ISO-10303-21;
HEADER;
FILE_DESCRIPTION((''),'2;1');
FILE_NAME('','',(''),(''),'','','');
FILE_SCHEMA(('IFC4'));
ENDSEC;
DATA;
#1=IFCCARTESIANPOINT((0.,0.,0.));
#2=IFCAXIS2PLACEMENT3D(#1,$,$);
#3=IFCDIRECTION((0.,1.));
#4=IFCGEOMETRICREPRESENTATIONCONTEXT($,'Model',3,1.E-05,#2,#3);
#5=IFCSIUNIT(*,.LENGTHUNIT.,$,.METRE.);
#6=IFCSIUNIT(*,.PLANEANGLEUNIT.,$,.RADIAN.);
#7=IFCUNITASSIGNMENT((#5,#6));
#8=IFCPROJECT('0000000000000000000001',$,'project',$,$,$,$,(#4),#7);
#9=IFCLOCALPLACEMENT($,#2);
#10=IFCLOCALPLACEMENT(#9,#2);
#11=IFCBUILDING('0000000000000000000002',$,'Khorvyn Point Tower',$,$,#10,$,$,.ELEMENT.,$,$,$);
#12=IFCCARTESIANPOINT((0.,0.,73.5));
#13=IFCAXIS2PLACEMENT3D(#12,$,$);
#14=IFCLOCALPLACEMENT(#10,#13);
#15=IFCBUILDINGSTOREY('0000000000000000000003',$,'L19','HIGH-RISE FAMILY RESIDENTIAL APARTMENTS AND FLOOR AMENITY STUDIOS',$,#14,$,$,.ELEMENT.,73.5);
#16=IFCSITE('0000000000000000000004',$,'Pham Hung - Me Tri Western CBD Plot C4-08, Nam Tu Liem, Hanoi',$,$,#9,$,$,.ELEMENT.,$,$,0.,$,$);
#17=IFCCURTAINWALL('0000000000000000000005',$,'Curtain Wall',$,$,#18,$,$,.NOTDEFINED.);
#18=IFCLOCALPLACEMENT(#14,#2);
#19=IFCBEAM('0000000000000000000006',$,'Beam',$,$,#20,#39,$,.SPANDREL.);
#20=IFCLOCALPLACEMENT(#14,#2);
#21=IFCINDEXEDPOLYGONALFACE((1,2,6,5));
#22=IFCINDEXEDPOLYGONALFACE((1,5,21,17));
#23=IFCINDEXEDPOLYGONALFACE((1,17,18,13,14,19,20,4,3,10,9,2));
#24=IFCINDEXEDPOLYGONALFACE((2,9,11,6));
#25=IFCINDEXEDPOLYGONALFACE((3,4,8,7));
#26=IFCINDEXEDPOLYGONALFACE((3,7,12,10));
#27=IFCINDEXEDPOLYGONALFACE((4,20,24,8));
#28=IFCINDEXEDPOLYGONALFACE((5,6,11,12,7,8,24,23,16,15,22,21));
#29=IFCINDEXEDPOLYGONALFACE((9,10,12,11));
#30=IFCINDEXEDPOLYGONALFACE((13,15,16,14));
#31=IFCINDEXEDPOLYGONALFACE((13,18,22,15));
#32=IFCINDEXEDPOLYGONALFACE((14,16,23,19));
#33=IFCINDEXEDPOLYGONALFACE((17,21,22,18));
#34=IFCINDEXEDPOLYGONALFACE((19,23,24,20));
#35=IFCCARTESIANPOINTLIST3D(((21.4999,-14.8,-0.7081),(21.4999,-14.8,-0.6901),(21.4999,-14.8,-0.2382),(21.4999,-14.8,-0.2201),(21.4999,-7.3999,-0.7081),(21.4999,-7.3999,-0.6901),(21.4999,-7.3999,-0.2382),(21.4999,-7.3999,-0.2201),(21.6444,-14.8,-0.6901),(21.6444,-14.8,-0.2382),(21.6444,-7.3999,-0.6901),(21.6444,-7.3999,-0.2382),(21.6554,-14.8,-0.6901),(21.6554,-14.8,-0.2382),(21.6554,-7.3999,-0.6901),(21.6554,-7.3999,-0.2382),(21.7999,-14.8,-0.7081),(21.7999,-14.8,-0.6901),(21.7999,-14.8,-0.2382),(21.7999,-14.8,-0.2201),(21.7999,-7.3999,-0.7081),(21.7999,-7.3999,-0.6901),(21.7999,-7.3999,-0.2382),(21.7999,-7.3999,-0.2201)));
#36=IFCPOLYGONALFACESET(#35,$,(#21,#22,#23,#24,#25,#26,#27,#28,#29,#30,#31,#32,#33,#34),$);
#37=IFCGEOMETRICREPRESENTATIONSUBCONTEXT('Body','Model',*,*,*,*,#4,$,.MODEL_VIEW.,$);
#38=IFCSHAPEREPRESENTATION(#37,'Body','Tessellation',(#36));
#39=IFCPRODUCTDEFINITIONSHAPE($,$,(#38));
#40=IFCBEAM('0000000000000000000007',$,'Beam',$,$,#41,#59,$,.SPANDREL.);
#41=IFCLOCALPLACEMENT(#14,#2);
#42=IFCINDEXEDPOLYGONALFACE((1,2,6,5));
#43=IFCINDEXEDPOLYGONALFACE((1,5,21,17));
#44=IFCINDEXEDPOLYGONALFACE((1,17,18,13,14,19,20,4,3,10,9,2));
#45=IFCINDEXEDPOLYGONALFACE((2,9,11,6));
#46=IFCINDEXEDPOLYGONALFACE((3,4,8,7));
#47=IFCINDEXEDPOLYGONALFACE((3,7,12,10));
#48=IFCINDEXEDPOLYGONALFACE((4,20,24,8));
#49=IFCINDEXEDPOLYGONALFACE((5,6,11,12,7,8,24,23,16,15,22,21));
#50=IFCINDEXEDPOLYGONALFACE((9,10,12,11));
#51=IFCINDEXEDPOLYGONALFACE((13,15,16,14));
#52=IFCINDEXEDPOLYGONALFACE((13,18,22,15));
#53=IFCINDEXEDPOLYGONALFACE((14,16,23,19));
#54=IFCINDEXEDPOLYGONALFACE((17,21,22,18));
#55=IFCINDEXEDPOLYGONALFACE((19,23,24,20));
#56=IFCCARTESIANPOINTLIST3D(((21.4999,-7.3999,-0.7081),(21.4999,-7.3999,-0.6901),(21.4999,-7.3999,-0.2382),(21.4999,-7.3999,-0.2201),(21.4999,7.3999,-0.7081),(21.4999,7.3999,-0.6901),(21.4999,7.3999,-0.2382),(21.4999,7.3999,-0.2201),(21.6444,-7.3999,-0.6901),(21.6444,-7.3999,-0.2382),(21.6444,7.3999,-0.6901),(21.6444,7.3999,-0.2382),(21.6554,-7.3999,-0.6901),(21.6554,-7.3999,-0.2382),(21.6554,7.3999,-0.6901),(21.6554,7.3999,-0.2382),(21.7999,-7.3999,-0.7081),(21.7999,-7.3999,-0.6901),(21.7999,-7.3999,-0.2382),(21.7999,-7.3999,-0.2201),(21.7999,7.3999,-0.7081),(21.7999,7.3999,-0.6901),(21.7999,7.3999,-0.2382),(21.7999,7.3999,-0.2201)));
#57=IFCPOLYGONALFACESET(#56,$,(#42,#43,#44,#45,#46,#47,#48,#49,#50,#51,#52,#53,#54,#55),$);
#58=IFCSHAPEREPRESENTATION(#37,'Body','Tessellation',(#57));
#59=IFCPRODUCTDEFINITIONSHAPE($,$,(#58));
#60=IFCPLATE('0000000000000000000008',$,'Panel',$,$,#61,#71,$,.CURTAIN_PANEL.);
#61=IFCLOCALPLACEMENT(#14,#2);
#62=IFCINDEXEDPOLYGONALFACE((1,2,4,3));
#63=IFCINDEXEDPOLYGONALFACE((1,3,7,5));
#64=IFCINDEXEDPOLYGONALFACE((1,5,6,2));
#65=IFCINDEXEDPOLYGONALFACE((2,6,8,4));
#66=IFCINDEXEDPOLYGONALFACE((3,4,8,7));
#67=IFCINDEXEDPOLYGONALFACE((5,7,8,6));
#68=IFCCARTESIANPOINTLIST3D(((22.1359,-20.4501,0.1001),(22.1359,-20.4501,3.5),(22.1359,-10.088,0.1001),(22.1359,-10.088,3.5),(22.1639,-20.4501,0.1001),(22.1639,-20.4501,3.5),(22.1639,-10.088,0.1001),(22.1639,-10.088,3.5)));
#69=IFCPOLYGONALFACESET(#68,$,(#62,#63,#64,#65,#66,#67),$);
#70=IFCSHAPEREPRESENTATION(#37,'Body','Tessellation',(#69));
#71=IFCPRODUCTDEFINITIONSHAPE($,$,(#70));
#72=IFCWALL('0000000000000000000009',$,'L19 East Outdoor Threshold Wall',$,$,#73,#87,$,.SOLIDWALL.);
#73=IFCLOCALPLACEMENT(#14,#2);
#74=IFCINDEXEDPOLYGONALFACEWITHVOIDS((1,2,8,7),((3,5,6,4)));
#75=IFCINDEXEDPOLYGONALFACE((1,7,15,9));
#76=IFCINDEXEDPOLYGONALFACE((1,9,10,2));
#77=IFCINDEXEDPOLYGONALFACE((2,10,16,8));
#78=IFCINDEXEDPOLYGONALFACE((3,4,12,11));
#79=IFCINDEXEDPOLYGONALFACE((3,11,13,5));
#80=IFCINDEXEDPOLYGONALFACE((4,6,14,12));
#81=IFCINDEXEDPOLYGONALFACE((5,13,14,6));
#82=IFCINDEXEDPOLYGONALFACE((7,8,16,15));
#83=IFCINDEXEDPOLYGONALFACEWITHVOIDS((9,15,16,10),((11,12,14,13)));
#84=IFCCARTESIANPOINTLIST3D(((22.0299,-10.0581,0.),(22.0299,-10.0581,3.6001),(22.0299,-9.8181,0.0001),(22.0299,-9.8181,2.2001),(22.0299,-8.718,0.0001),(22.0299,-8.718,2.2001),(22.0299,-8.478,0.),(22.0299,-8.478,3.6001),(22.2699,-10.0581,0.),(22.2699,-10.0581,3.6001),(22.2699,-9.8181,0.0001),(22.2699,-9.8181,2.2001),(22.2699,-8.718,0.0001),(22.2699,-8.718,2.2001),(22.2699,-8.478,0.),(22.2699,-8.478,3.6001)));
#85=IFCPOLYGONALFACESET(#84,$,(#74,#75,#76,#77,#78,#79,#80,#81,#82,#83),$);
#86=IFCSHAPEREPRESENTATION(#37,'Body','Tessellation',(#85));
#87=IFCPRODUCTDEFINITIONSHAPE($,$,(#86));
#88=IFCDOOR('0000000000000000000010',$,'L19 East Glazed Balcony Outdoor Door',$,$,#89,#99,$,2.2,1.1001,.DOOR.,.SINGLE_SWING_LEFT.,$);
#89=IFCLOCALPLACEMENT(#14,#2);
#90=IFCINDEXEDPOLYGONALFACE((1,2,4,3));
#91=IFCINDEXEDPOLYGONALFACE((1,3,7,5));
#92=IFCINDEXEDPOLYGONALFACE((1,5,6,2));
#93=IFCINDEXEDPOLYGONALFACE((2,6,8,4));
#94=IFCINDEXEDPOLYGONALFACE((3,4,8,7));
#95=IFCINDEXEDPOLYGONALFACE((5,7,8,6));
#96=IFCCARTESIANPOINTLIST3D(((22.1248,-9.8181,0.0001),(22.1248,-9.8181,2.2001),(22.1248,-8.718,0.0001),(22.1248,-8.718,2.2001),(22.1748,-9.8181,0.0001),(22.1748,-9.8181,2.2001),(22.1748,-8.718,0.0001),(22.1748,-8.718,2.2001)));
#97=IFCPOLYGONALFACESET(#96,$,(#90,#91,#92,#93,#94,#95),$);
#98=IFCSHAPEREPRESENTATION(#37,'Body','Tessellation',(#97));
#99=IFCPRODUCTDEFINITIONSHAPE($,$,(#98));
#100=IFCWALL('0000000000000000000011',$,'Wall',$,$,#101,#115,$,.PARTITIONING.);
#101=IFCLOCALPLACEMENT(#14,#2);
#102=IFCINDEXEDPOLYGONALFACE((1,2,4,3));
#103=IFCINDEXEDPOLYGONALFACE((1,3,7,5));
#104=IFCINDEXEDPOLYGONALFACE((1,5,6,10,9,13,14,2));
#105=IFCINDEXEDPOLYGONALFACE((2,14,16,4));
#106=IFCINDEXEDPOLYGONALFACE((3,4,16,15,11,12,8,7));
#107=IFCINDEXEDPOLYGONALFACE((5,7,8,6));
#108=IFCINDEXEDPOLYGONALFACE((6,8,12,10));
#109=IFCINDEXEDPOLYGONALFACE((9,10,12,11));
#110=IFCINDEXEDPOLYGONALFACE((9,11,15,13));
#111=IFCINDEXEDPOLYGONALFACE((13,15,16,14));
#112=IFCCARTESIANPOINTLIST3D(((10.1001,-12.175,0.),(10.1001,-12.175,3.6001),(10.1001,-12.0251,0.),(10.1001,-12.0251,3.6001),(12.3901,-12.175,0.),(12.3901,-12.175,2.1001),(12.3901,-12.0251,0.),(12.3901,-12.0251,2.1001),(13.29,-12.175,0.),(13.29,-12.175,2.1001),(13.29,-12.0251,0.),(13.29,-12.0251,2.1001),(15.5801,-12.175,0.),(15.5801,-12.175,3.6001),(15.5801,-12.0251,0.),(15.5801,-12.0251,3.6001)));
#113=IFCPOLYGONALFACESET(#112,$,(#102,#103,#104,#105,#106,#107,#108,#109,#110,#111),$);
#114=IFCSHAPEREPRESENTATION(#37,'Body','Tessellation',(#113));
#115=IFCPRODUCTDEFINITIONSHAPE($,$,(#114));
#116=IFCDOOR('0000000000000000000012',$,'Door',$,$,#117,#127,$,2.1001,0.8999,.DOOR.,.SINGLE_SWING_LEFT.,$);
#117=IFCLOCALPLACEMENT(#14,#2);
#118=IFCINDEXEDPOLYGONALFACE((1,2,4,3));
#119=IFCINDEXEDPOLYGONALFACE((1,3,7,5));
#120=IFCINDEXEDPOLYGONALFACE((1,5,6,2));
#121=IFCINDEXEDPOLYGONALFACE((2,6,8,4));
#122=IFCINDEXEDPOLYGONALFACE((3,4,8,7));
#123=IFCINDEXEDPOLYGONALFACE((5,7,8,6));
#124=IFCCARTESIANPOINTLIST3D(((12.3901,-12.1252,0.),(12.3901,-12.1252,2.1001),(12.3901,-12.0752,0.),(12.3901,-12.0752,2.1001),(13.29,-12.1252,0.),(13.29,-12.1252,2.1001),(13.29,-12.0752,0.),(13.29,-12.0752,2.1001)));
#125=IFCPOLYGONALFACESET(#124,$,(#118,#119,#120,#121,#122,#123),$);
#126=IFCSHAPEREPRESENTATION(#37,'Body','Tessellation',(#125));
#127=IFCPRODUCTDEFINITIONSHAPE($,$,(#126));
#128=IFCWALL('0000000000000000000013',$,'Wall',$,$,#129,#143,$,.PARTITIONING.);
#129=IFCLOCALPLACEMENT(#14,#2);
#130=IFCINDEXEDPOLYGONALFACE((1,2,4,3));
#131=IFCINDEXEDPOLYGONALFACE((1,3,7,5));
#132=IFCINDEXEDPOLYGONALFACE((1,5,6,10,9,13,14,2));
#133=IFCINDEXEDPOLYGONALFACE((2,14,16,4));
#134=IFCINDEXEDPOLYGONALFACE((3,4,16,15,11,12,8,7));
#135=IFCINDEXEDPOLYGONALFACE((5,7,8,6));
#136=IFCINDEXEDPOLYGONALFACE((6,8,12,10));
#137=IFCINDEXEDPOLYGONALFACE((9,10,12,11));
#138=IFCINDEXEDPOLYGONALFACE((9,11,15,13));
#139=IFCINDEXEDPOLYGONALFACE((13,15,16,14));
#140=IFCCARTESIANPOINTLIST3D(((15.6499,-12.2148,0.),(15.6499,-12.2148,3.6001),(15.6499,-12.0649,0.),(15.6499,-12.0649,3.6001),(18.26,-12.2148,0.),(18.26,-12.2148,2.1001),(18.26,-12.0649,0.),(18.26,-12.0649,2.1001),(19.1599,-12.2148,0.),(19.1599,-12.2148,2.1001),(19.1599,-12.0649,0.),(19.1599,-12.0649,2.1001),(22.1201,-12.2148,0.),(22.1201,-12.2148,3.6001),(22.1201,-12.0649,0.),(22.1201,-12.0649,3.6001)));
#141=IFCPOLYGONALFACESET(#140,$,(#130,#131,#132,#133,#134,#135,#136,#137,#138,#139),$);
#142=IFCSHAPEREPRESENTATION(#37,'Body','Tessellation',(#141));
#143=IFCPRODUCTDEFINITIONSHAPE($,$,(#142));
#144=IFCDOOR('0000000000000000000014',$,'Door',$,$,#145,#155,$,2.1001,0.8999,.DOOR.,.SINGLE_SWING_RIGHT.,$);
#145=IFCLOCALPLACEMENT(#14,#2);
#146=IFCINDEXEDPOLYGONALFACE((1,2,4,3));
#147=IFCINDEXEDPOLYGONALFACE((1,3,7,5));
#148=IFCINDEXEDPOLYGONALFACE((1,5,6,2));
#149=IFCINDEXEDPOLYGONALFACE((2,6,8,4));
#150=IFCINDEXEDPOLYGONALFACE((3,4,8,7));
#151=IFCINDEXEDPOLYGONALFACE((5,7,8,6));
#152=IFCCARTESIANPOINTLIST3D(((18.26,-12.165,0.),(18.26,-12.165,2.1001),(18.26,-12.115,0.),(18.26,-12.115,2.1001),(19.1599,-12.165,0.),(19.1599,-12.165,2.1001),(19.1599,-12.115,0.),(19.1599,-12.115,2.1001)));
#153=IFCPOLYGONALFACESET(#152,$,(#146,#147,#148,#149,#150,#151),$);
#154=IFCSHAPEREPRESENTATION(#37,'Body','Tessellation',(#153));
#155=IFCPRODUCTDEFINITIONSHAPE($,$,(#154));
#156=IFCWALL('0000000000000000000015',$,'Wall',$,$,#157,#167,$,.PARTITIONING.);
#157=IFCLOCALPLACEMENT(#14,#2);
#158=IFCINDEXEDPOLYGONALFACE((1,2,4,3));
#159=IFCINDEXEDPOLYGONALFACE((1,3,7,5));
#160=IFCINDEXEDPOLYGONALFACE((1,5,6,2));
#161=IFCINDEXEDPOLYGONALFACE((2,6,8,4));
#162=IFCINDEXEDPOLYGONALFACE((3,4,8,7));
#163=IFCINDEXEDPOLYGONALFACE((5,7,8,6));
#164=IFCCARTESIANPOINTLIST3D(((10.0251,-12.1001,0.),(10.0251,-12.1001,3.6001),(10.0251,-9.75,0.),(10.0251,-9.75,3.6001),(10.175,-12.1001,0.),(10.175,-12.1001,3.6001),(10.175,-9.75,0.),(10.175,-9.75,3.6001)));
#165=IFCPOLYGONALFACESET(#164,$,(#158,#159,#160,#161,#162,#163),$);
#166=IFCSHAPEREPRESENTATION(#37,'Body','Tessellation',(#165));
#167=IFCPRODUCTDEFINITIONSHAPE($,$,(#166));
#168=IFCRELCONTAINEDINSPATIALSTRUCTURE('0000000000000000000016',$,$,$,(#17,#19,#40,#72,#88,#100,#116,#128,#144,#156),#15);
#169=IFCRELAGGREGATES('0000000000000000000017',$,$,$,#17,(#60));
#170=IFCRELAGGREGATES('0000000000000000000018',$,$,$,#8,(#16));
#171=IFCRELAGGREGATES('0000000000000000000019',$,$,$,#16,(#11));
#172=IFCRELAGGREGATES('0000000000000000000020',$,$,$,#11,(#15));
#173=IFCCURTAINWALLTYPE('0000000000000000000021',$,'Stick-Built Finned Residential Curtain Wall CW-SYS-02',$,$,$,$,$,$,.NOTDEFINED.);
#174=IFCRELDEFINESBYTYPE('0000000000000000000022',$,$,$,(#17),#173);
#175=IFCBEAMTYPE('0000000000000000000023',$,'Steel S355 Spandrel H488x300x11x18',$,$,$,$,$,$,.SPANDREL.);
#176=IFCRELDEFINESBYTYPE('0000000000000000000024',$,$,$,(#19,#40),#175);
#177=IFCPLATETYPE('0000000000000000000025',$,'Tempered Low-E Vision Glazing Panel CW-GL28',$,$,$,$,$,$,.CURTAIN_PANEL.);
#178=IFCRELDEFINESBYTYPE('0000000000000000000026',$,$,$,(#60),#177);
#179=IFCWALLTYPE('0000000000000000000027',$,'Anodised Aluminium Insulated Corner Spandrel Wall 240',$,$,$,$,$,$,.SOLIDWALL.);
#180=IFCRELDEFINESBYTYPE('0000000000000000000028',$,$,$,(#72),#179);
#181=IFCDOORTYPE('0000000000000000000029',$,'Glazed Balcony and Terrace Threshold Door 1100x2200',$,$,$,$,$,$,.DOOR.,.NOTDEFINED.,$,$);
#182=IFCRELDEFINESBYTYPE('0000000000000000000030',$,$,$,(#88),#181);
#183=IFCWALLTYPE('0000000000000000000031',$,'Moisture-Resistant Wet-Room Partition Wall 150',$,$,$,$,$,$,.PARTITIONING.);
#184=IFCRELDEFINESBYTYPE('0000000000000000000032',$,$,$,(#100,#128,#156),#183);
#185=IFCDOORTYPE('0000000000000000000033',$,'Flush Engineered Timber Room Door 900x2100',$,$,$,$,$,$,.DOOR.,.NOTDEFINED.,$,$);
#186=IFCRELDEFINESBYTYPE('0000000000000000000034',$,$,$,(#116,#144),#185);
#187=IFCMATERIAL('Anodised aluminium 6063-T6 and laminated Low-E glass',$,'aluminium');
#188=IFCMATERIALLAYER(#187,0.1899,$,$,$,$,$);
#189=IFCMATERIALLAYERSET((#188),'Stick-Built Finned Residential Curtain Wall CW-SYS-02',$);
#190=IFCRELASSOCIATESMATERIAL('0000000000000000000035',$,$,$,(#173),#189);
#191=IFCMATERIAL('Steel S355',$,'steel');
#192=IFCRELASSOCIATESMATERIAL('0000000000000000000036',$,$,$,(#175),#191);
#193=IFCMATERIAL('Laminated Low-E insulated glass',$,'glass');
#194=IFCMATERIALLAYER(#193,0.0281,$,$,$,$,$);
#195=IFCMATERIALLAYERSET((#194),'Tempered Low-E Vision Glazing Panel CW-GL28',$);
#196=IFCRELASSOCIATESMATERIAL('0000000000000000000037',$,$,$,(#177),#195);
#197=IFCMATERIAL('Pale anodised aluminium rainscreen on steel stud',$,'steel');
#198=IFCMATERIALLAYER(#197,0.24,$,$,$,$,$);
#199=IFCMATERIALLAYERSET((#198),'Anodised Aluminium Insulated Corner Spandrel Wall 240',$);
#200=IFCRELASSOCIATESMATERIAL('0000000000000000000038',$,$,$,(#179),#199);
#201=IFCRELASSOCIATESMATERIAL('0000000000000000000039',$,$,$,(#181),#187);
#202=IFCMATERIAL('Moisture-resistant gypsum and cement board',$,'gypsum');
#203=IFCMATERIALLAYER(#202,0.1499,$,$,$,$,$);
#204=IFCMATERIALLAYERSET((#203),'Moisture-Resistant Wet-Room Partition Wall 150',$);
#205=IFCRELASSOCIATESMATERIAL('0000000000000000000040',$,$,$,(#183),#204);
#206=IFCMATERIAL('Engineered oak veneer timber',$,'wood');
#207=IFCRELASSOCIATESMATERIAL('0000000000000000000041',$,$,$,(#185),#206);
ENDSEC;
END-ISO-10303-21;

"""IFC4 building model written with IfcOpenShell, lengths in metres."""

from ifc_helpers import new_model, si_unit, direction, frame, frame_2d, origin, origin_2d, place, context, subcontext, project, spatial, rectangle, i_section, extrude, material, layer, layer_set, material_profile, profile_set, type_object, element, fill, aggregate, save


model = new_model("IFC4")

# Units and contexts
model_context = context("Model", 3, precision=1e-05, world=origin(), true_north=direction((0.0, 1.0)))
body_context = subcontext(model_context, "Body", "Model", "MODEL_VIEW")
ifc_project = project(units=[si_unit("LENGTHUNIT", "METRE"), si_unit("PLANEANGLEUNIT", "RADIAN")], contexts=[model_context])

# Site, building, storey
site_placement = place(None, origin())
site = spatial("IfcSite", under=ifc_project, at=site_placement, Name="Pham Hung - Me Tri Western CBD Plot C4-08, Nam Tu Liem, Hanoi", CompositionType="ELEMENT", RefElevation=0.0)
building_placement = place(site_placement, origin())
building = spatial("IfcBuilding", under=site, at=building_placement, Name="Khorvyn Point Tower", CompositionType="ELEMENT")
storey_placement = place(building_placement, frame((0.0, 0.0, 73.5)))
storey = spatial("IfcBuildingStorey", under=building, at=storey_placement, Name="L19", Description="HIGH-RISE FAMILY RESIDENTIAL APARTMENTS AND FLOOR AMENITY STUDIOS", CompositionType="ELEMENT", Elevation=73.5)

# Shared definitions
ifc_material_1 = material(Name="Anodised aluminium 6063-T6 and laminated Low-E glass", Category="aluminium")
ifc_layer_1 = layer(ifc_material_1, 0.1899)
ifc_layer_set_1 = layer_set([ifc_layer_1], Name="Stick-Built Finned Residential Curtain Wall CW-SYS-02")
curtain_wall_type = type_object("IfcCurtainWallType", Name="Stick-Built Finned Residential Curtain Wall CW-SYS-02", PredefinedType="NOTDEFINED", material=ifc_layer_set_1)

# Curtain wall
curtain_wall_1_placement = place(storey_placement, origin())
curtain_wall_1 = element("IfcCurtainWall", 1, at=curtain_wall_1_placement, inside=storey, type_object=curtain_wall_type, Name="Curtain Wall", PredefinedType="NOTDEFINED")

# Beams
ifc_material_2 = material(Name="Steel S355", Category="steel")
ifc_material_profile_1 = material_profile(ifc_material_2, i_section(OverallWidth=0.3, OverallDepth=0.488, WebThickness=0.011, FlangeThickness=0.0181, at=origin_2d()))
ifc_profile_set_1 = profile_set([ifc_material_profile_1], Name="Steel S355 H488x300x11x18")
beam_type_1 = type_object("IfcBeamType", Name="Steel S355 Spandrel H488x300x11x18", PredefinedType="SPANDREL", material=ifc_profile_set_1)
beam_1_placement = place(storey_placement, frame((21.6499, -14.8, -0.4641), z_axis=(0.0, 1.0, 0.0), x_axis=(-1.0, 0.0, 0.0)))
element("IfcBeam", 2, at=beam_1_placement, inside=storey, type_object=beam_type_1, Name="Beam", PredefinedType="SPANDREL", context=body_context, shape_type="SweptSolid", body=[
    extrude(i_section(OverallWidth=0.3, OverallDepth=0.488, WebThickness=0.011, FlangeThickness=0.0181, at=origin_2d()), origin(), (0.0, 0.0, 1.0), 7.4001),
])
beam_2_placement = place(storey_placement, frame((21.6499, -7.3999, -0.4641), z_axis=(0.0, 1.0, 0.0), x_axis=(-1.0, 0.0, 0.0)))
element("IfcBeam", 3, at=beam_2_placement, inside=storey, type_object=beam_type_1, Name="Beam", PredefinedType="SPANDREL", context=body_context, shape_type="SweptSolid", body=[
    extrude(i_section(OverallWidth=0.3, OverallDepth=0.488, WebThickness=0.011, FlangeThickness=0.0181, at=origin_2d()), origin(), (0.0, 0.0, 1.0), 14.7998),
])

# Plate
ifc_material_3 = material(Name="Laminated Low-E insulated glass", Category="glass")
ifc_layer_2 = layer(ifc_material_3, 0.0281)
ifc_layer_set_2 = layer_set([ifc_layer_2], Name="Tempered Low-E Vision Glazing Panel CW-GL28")
plate_type = type_object("IfcPlateType", Name="Tempered Low-E Vision Glazing Panel CW-GL28", PredefinedType="CURTAIN_PANEL", material=ifc_layer_set_2)
plate_placement = place(storey_placement, frame((22.1499, -15.269, 0.1001), z_axis=(0.0, 0.0, 1.0), x_axis=(0.0, -1.0, 0.0)))
plate = element("IfcPlate", 4, at=plate_placement, type_object=plate_type, Name="Panel", PredefinedType="CURTAIN_PANEL", context=body_context, shape_type="SweptSolid", body=[
    extrude(rectangle(XDim=10.3621, YDim=0.0281, at=origin_2d()), origin(), (0.0, 0.0, 1.0), 3.3999),
])
aggregate(curtain_wall_1, [plate])

# Walls, openings, doors
ifc_material_4 = material(Name="Pale anodised aluminium rainscreen on steel stud", Category="steel")
ifc_layer_3 = layer(ifc_material_4, 0.24)
ifc_layer_set_3 = layer_set([ifc_layer_3], Name="Anodised Aluminium Insulated Corner Spandrel Wall 240")
wall_type_1 = type_object("IfcWallType", Name="Anodised Aluminium Insulated Corner Spandrel Wall 240", PredefinedType="SOLIDWALL", material=ifc_layer_set_3)
wall_1_placement = place(storey_placement, frame((22.1499, -8.478, 0.0), z_axis=(0.0, 0.0, 1.0), x_axis=(0.0, -1.0, 0.0)))
wall_1 = element("IfcWall", 5, at=wall_1_placement, inside=storey, type_object=wall_type_1, Name="L19 East Outdoor Threshold Wall", PredefinedType="SOLIDWALL", context=body_context, shape_type="SweptSolid", body=[
    extrude(rectangle(XDim=1.5801, YDim=0.24, at=frame_2d((0.79, 0.0))), origin(), (0.0, 0.0, 1.0), 3.6001),
])
opening_1_placement = place(wall_1_placement, frame((0.24, 0.0, 0.0)))
opening_1 = element("IfcOpeningElement", 6, at=opening_1_placement, cuts=wall_1, PredefinedType="OPENING", context=body_context, shape_type="SweptSolid", body=[
    extrude(rectangle(XDim=1.1001, YDim=2.2, at=frame_2d((0.55, 1.1001))), frame((0.0, 0.1299, 0.0), z_axis=(0.0, -1.0, 0.0), x_axis=(1.0, 0.0, 0.0)), (0.0, 0.0, 1.0), 0.26),
])
door_type_1 = type_object("IfcDoorType", Name="Glazed Balcony and Terrace Threshold Door 1100x2200", OperationType="NOTDEFINED", PredefinedType="DOOR", material=ifc_material_1)
door_1_placement = place(opening_1_placement, origin())
door_1 = element("IfcDoor", 7, at=door_1_placement, inside=storey, type_object=door_type_1, Name="L19 East Glazed Balcony Outdoor Door", OperationType="SINGLE_SWING_LEFT", OverallHeight=2.2, OverallWidth=1.1001, PredefinedType="DOOR", context=body_context, shape_type="SweptSolid", body=[
    extrude(rectangle(XDim=1.1001, YDim=2.2, at=frame_2d((0.55, 1.1001))), frame((0.0, 0.0249, 0.0), z_axis=(0.0, -1.0, 0.0), x_axis=(1.0, 0.0, 0.0)), (0.0, 0.0, 1.0), 0.05),
])
fill(opening_1, door_1)
ifc_material_5 = material(Name="Moisture-resistant gypsum and cement board", Category="gypsum")
ifc_layer_4 = layer(ifc_material_5, 0.1499)
ifc_layer_set_4 = layer_set([ifc_layer_4], Name="Moisture-Resistant Wet-Room Partition Wall 150")
wall_type_2 = type_object("IfcWallType", Name="Moisture-Resistant Wet-Room Partition Wall 150", PredefinedType="PARTITIONING", material=ifc_layer_set_4)
wall_2_placement = place(storey_placement, frame((10.1001, -12.1001, 0.0), z_axis=(0.0, 0.0, 1.0), x_axis=(1.0, 0.0, 0.0)))
wall_2 = element("IfcWall", 8, at=wall_2_placement, inside=storey, type_object=wall_type_2, Name="Wall", PredefinedType="PARTITIONING", context=body_context, shape_type="SweptSolid", body=[
    extrude(rectangle(XDim=5.48, YDim=0.1499, at=frame_2d((2.74, 0.0))), origin(), (0.0, 0.0, 1.0), 3.6001),
])
opening_2_placement = place(wall_2_placement, frame((2.29, 0.0, 0.0)))
opening_2 = element("IfcOpeningElement", 9, at=opening_2_placement, cuts=wall_2, PredefinedType="OPENING", context=body_context, shape_type="SweptSolid", body=[
    extrude(rectangle(XDim=0.8999, YDim=2.1001, at=frame_2d((0.45, 1.05))), frame((0.0, 0.085, 0.0), z_axis=(0.0, -1.0, 0.0), x_axis=(1.0, 0.0, 0.0)), (0.0, 0.0, 1.0), 0.1699),
])
ifc_material_6 = material(Name="Engineered oak veneer timber", Category="wood")
door_type_2 = type_object("IfcDoorType", Name="Flush Engineered Timber Room Door 900x2100", OperationType="NOTDEFINED", PredefinedType="DOOR", material=ifc_material_6)
door_2_placement = place(opening_2_placement, origin())
door_2 = element("IfcDoor", 10, at=door_2_placement, inside=storey, type_object=door_type_2, Name="Door", OperationType="SINGLE_SWING_LEFT", OverallHeight=2.1001, OverallWidth=0.8999, PredefinedType="DOOR", context=body_context, shape_type="SweptSolid", body=[
    extrude(rectangle(XDim=0.8999, YDim=2.1001, at=frame_2d((0.45, 1.05))), frame((0.0, 0.0249, 0.0), z_axis=(0.0, -1.0, 0.0), x_axis=(1.0, 0.0, 0.0)), (0.0, 0.0, 1.0), 0.05),
])
fill(opening_2, door_2)
wall_3_placement = place(storey_placement, frame((15.6499, -12.1399, 0.0), z_axis=(0.0, 0.0, 1.0), x_axis=(1.0, 0.0, 0.0)))
wall_3 = element("IfcWall", 11, at=wall_3_placement, inside=storey, type_object=wall_type_2, Name="Wall", PredefinedType="PARTITIONING", context=body_context, shape_type="SweptSolid", body=[
    extrude(rectangle(XDim=6.4702, YDim=0.1499, at=frame_2d((3.2351, 0.0))), origin(), (0.0, 0.0, 1.0), 3.6001),
])
opening_3_placement = place(wall_3_placement, frame((2.6101, 0.0, 0.0)))
opening_3 = element("IfcOpeningElement", 12, at=opening_3_placement, cuts=wall_3, PredefinedType="OPENING", context=body_context, shape_type="SweptSolid", body=[
    extrude(rectangle(XDim=0.8999, YDim=2.1001, at=frame_2d((0.45, 1.05))), frame((0.0, 0.085, 0.0), z_axis=(0.0, -1.0, 0.0), x_axis=(1.0, 0.0, 0.0)), (0.0, 0.0, 1.0), 0.1699),
])
door_3_placement = place(opening_3_placement, origin())
door_3 = element("IfcDoor", 13, at=door_3_placement, inside=storey, type_object=door_type_2, Name="Door", OperationType="SINGLE_SWING_RIGHT", OverallHeight=2.1001, OverallWidth=0.8999, PredefinedType="DOOR", context=body_context, shape_type="SweptSolid", body=[
    extrude(rectangle(XDim=0.8999, YDim=2.1001, at=frame_2d((0.45, 1.05))), frame((0.0, 0.0249, 0.0), z_axis=(0.0, -1.0, 0.0), x_axis=(1.0, 0.0, 0.0)), (0.0, 0.0, 1.0), 0.05),
])
fill(opening_3, door_3)

# Wall
wall_4_placement = place(storey_placement, frame((10.1001, -12.1001, 0.0), z_axis=(0.0, 0.0, 1.0), x_axis=(0.0, 1.0, 0.0)))
element("IfcWall", 14, at=wall_4_placement, inside=storey, type_object=wall_type_2, Name="Wall", PredefinedType="PARTITIONING", context=body_context, shape_type="SweptSolid", body=[
    extrude(rectangle(XDim=2.3501, YDim=0.1499, at=frame_2d((1.175, 0.0))), origin(), (0.0, 0.0, 1.0), 3.6001),
])

save(model, "model.ifc")
